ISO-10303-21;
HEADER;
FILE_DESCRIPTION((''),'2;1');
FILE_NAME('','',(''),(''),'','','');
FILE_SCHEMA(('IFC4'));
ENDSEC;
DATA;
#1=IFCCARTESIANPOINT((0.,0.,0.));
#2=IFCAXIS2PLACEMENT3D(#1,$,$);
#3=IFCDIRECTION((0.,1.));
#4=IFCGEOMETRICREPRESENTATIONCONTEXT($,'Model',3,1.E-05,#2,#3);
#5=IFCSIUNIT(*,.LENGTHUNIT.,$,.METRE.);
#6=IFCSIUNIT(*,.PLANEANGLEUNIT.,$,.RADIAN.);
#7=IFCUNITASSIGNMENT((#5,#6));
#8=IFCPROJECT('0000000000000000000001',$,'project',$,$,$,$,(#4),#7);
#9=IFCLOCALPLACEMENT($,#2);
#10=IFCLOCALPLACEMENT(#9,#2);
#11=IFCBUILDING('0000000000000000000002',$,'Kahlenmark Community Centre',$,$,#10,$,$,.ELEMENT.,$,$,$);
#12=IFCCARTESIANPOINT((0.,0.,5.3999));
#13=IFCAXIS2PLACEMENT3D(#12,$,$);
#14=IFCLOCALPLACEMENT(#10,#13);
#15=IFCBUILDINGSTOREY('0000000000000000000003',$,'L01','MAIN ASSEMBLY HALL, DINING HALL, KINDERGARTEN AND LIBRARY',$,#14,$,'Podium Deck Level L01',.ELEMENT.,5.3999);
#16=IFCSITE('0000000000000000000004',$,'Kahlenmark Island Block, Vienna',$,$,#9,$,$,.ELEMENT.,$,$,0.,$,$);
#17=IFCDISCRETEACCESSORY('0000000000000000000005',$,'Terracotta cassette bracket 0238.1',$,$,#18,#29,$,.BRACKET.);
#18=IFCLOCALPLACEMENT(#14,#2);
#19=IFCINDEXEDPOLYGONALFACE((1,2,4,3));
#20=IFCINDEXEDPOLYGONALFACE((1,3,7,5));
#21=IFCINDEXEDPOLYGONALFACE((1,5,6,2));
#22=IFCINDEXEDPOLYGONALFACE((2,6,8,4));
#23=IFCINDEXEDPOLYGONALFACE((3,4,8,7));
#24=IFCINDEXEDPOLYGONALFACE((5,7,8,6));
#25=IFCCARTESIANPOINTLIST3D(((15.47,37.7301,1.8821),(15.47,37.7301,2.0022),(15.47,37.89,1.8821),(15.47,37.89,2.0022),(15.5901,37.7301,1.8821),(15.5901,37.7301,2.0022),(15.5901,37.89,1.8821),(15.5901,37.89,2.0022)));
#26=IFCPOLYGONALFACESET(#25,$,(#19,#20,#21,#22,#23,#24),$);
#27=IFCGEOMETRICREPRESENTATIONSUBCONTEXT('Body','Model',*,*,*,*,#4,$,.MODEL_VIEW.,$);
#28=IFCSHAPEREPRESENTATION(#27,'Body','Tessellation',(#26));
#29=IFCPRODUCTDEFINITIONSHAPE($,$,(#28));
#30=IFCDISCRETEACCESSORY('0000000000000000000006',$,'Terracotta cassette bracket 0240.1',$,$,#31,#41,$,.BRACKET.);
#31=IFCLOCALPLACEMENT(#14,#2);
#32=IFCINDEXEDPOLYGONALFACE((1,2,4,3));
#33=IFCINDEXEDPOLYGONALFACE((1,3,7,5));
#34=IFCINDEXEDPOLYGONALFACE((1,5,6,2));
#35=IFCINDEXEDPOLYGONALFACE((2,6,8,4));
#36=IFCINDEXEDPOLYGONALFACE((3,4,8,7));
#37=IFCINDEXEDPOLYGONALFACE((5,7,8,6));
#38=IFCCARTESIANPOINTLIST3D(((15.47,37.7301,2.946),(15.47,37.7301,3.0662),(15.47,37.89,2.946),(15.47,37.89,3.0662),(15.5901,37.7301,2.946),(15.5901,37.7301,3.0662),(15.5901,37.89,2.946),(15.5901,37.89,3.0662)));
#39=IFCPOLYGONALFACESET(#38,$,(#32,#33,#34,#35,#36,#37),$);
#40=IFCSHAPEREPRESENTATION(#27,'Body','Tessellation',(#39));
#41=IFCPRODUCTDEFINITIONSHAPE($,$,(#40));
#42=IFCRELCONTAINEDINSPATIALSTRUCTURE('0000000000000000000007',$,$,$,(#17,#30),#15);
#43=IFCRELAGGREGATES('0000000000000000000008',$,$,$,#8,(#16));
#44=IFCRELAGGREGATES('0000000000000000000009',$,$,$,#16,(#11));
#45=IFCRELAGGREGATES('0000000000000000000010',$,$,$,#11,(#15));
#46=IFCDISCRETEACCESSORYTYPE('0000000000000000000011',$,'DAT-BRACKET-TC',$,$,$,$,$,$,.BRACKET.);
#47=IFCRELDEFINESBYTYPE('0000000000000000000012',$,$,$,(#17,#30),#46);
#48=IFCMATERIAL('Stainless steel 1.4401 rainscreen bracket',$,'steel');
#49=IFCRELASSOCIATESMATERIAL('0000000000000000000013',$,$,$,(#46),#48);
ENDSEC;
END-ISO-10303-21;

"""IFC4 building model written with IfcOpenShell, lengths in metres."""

from ifc_helpers import new_model, si_unit, direction, frame, origin, origin_2d, place, context, subcontext, project, spatial, rectangle, extrude, material, type_object, element, save


model = new_model("IFC4")

# Units and contexts
model_context = context("Model", 3, precision=1e-05, world=origin(), true_north=direction((0.0, 1.0)))
body_context = subcontext(model_context, "Body", "Model", "MODEL_VIEW")
ifc_project = project(units=[si_unit("LENGTHUNIT", "METRE"), si_unit("PLANEANGLEUNIT", "RADIAN")], contexts=[model_context])

# Site, building, storey
site_placement = place(None, origin())
site = spatial("IfcSite", under=ifc_project, at=site_placement, Name="Kahlenmark Island Block, Vienna", CompositionType="ELEMENT", RefElevation=0.0)
building_placement = place(site_placement, origin())
building = spatial("IfcBuilding", under=site, at=building_placement, Name="Kahlenmark Community Centre", CompositionType="ELEMENT")
storey_placement = place(building_placement, frame((0.0, 0.0, 5.3999)))
storey = spatial("IfcBuildingStorey", under=building, at=storey_placement, Name="L01", Description="MAIN ASSEMBLY HALL, DINING HALL, KINDERGARTEN AND LIBRARY", LongName="Podium Deck Level L01", CompositionType="ELEMENT", Elevation=5.3999)

# Discrete accessories
ifc_material_1 = material(Name="Stainless steel 1.4401 rainscreen bracket", Category="steel")
discrete_accessory_type = type_object("IfcDiscreteAccessoryType", Name="DAT-BRACKET-TC", PredefinedType="BRACKET", material=ifc_material_1)
for number, where, z_axis, x_axis, name in (
    (1, (15.53, 37.8101, 1.8821), (0.0, 0.0, 1.0), (-1.0, 0.0, 0.0), "Terracotta cassette bracket 0238.1"),
    (2, (15.53, 37.8101, 2.946), (0.0, 0.0, 1.0), (-1.0, 0.0, 0.0), "Terracotta cassette bracket 0240.1"),
):
    element("IfcDiscreteAccessory", number, at=place(storey_placement, frame(where, z_axis=z_axis, x_axis=x_axis)), inside=storey, type_object=discrete_accessory_type, Name=name, PredefinedType="BRACKET", context=body_context, shape_type="SweptSolid", body=[
        extrude(rectangle(XDim=0.1201, YDim=0.1599, at=origin_2d()), origin(), (0.0, 0.0, 1.0), 0.1201),
    ])

save(model, "model.ifc")
